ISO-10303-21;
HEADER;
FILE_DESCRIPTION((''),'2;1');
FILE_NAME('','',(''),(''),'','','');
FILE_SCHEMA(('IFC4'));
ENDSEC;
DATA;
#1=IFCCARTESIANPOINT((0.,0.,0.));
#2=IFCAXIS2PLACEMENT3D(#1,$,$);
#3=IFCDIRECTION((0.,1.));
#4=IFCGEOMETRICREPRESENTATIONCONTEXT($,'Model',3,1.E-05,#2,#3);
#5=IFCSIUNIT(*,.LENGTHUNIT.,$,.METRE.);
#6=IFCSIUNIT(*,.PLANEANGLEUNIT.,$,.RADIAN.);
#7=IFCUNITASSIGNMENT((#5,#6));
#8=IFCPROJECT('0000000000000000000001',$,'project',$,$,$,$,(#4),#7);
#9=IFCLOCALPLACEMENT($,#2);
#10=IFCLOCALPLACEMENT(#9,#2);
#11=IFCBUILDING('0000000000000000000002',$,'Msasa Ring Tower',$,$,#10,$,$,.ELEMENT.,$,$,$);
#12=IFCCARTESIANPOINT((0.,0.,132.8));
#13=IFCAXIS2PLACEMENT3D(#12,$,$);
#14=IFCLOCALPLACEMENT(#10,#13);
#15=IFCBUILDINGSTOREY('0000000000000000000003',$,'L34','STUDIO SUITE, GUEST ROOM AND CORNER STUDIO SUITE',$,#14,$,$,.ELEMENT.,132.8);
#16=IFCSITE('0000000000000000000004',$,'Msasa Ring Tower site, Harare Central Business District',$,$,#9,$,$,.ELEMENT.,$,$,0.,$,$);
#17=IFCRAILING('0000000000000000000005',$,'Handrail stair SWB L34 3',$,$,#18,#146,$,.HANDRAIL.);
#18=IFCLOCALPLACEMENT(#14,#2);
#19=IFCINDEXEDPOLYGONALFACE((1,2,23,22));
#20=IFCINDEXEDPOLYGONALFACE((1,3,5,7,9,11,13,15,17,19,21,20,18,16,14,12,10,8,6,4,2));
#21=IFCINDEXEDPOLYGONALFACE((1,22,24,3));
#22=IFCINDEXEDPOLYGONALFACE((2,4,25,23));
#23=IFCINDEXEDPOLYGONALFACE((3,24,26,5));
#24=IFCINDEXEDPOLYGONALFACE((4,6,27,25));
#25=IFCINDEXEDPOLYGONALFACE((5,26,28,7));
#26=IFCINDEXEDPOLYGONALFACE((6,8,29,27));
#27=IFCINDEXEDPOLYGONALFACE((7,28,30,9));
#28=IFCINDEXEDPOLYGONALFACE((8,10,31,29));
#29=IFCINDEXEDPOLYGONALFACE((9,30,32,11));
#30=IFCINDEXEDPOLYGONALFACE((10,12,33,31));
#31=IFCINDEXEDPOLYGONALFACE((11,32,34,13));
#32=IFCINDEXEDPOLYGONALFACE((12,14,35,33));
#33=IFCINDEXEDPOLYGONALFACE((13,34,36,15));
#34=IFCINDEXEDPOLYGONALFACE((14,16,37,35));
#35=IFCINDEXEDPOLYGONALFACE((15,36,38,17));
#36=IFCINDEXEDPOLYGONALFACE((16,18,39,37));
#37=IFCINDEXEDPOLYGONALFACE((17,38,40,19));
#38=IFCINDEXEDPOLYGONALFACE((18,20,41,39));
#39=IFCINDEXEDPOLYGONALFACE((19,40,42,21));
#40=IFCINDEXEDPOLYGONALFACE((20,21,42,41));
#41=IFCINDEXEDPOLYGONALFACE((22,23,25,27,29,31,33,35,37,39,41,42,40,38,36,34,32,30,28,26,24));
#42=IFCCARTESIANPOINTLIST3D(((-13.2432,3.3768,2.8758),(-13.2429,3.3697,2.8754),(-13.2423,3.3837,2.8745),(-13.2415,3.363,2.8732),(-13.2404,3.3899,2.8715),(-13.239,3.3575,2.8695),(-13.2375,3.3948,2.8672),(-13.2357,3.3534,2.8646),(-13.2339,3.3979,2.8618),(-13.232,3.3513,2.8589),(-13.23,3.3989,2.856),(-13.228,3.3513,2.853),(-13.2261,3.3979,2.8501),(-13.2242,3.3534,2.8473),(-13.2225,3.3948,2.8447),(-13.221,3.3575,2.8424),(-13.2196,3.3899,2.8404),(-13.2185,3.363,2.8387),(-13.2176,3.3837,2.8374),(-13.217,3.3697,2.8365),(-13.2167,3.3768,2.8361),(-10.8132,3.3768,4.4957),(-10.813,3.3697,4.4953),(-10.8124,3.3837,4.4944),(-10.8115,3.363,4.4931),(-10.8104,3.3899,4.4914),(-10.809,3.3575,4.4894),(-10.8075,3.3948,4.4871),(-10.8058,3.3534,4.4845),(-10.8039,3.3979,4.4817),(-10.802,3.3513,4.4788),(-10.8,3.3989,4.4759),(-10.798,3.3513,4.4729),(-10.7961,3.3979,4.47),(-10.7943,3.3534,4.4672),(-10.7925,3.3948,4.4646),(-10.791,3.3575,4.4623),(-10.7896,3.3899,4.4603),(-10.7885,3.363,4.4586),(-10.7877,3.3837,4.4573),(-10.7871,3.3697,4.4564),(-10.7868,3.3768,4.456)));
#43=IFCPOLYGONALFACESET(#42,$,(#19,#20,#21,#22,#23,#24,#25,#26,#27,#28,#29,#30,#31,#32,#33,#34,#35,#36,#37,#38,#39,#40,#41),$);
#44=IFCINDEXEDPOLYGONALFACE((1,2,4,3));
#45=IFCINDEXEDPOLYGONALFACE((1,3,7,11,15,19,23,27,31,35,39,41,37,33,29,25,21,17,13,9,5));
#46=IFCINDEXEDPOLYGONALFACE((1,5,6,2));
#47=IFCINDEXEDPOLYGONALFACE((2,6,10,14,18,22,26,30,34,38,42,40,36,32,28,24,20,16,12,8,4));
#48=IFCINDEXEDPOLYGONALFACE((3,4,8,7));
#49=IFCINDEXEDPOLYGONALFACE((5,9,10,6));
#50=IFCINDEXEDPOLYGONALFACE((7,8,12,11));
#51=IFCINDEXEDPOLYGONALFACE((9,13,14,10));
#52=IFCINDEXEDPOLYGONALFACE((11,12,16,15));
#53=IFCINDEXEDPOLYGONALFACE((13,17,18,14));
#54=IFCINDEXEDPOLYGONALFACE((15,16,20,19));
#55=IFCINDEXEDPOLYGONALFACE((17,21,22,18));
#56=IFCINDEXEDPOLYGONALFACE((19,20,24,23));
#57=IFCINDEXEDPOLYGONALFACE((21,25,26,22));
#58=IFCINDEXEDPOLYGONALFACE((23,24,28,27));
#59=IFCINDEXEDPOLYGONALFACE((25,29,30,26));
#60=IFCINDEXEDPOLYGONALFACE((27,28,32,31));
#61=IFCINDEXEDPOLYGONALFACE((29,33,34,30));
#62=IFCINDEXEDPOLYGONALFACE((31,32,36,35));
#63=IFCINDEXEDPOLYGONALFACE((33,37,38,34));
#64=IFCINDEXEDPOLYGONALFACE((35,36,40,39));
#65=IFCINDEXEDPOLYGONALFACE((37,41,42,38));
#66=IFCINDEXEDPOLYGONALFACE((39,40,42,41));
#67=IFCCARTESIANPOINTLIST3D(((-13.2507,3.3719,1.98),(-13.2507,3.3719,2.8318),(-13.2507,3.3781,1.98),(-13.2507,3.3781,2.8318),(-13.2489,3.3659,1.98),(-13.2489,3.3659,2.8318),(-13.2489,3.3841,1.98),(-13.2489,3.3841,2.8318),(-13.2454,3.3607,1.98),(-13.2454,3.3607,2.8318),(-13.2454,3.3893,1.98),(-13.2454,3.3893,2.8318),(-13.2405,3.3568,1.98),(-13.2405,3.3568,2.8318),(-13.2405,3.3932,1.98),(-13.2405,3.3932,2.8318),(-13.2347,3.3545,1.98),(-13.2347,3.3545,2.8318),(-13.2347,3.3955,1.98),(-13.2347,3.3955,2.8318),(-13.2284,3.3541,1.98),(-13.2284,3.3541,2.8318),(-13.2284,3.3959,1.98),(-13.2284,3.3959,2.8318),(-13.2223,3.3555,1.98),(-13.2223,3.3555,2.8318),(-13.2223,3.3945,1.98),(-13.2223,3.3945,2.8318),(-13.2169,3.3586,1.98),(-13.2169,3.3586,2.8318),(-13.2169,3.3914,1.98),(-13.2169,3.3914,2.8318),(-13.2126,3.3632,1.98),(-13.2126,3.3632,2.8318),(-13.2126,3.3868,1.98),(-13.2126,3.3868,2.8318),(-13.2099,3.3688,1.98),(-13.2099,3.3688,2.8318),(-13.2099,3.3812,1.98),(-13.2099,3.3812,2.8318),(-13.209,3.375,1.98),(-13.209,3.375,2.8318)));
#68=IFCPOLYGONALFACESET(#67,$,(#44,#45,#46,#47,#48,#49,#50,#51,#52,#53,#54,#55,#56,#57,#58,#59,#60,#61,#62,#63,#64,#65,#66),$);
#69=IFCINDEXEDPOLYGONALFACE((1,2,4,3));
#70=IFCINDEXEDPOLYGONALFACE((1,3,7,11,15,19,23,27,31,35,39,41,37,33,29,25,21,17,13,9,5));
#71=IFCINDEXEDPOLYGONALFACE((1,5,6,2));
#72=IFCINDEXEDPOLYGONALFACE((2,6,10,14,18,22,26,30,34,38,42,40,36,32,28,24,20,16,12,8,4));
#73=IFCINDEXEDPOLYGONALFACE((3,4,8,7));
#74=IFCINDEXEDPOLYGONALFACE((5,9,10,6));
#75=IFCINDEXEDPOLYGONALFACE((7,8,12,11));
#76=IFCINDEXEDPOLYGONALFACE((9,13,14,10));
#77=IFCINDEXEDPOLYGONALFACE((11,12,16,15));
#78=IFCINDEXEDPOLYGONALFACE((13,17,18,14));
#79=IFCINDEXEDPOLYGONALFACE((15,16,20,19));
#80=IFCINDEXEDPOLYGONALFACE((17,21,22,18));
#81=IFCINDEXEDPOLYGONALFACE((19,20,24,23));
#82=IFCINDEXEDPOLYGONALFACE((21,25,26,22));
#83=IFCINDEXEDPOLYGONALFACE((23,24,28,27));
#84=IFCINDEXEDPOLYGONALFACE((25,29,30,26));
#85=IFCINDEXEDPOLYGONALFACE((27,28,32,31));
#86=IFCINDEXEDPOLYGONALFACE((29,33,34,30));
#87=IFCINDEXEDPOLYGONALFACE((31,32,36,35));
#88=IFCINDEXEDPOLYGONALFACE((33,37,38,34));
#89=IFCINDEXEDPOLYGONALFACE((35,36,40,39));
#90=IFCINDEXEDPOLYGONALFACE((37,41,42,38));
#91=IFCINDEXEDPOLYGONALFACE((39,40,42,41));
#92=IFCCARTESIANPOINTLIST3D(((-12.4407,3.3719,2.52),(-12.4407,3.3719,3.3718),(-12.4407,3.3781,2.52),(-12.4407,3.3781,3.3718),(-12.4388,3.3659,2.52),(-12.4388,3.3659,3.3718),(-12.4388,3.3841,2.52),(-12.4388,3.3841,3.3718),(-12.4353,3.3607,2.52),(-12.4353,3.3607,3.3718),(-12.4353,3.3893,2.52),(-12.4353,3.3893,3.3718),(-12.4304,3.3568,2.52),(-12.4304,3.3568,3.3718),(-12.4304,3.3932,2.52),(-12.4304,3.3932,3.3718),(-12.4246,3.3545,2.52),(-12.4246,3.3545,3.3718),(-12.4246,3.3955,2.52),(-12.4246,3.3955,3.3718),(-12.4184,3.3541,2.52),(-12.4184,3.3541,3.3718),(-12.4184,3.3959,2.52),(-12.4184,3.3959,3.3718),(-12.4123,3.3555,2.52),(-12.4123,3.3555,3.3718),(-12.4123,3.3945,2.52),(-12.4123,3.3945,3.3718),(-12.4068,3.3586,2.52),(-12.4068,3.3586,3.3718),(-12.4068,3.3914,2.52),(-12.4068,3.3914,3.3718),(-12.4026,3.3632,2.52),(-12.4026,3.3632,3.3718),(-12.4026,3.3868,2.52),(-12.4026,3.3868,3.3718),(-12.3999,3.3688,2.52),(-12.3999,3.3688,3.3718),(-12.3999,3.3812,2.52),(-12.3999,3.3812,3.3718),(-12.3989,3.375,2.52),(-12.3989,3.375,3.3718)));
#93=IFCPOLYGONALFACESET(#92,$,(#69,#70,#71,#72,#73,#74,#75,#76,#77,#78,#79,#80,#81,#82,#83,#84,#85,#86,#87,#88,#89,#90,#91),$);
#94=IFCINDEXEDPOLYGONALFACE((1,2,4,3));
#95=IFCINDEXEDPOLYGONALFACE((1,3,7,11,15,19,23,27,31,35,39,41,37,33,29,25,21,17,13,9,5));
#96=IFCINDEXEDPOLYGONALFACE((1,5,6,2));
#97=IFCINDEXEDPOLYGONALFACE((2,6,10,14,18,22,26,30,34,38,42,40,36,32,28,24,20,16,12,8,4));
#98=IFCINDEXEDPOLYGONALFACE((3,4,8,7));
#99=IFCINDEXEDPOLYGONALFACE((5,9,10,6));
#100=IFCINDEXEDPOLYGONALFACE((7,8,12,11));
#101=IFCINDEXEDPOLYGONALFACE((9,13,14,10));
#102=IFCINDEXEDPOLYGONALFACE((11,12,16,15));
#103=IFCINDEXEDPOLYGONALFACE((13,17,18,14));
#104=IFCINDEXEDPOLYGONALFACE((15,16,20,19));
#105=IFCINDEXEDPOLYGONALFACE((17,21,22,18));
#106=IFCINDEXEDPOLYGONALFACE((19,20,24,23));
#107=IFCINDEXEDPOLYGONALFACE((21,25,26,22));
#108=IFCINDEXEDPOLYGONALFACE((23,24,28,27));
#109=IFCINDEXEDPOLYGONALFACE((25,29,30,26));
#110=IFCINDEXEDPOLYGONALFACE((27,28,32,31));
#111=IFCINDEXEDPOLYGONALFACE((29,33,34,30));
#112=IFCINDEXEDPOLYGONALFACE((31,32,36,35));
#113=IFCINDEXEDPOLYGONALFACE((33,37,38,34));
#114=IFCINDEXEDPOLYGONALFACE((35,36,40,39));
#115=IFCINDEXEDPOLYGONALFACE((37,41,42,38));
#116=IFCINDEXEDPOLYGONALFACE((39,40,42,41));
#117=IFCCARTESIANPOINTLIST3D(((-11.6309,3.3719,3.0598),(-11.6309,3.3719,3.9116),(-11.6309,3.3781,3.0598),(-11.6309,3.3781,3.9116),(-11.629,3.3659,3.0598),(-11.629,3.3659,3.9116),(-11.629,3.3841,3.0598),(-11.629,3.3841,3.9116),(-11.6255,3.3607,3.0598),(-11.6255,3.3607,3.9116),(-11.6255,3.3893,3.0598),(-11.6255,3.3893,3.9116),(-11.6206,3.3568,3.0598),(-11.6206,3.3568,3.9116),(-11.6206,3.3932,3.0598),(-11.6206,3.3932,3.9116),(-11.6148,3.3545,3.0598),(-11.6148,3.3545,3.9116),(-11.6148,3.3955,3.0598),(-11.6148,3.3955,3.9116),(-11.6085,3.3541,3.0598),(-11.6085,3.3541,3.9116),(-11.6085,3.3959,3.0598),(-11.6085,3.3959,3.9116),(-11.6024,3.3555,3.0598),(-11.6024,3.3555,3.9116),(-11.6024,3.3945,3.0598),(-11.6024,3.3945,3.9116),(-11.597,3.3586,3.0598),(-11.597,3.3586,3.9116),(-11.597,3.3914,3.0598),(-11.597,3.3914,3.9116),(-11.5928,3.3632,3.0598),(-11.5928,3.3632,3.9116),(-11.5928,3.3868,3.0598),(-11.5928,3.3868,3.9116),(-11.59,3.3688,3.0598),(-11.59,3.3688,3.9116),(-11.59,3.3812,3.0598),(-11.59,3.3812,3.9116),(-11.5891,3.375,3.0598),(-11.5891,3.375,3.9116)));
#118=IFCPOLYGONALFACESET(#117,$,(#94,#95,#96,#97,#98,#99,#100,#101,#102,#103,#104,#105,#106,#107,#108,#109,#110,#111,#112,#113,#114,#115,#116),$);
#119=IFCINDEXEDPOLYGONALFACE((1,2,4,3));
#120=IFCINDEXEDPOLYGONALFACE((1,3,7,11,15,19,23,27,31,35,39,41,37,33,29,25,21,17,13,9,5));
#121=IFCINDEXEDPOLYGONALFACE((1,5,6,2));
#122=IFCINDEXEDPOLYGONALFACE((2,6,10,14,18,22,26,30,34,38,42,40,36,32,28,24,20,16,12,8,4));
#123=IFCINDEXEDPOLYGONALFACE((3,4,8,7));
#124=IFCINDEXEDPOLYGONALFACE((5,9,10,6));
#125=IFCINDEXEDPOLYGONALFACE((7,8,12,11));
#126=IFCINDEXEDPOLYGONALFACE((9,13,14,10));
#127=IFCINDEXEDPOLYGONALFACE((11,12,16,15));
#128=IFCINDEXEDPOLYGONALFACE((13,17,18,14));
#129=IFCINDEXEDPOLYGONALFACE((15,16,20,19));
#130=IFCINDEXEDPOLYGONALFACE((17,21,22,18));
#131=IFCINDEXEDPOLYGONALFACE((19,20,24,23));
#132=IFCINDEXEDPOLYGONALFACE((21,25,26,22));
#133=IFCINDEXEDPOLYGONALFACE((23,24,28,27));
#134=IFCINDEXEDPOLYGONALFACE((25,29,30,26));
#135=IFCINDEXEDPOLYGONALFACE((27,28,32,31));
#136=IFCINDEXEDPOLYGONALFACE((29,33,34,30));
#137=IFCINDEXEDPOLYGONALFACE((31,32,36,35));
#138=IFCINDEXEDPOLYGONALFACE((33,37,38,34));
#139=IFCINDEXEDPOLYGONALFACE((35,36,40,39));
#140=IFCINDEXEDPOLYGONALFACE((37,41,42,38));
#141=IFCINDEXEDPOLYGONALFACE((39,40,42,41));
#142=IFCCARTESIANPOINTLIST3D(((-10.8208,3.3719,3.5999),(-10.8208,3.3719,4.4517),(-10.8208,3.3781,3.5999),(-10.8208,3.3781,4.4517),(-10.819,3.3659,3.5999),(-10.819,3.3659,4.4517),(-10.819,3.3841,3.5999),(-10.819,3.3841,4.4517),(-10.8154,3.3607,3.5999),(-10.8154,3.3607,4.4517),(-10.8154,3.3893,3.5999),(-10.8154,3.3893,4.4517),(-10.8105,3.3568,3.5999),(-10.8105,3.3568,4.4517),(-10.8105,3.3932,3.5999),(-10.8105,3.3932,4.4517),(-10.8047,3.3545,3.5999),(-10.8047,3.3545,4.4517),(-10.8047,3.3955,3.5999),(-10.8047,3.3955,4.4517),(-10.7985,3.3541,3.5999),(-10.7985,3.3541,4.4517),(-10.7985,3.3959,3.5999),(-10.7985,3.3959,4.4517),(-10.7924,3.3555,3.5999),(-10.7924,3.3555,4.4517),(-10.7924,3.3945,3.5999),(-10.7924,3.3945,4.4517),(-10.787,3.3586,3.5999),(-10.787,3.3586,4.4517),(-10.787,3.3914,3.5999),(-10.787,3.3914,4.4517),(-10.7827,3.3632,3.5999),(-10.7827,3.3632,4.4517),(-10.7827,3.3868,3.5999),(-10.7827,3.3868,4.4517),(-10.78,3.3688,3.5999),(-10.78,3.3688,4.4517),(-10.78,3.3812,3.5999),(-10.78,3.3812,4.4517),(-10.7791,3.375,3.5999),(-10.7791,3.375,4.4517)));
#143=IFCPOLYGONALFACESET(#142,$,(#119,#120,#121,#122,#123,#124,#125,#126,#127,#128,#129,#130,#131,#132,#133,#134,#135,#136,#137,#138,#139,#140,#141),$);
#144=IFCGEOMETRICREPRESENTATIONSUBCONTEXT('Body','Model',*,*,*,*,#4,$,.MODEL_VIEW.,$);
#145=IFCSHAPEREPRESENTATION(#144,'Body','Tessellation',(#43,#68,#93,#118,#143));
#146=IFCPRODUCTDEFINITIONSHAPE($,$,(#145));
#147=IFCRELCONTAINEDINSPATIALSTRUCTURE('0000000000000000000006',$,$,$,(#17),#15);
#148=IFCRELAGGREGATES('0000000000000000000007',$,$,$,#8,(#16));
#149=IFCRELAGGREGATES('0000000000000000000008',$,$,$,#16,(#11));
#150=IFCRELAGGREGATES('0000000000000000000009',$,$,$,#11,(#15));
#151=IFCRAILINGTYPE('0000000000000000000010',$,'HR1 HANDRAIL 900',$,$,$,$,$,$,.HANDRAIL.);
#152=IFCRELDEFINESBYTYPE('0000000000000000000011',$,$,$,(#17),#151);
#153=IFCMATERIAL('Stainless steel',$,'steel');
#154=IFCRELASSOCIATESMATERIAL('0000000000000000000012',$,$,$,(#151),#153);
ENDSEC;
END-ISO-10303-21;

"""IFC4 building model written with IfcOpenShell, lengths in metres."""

from ifc_helpers import new_model, si_unit, direction, frame, origin, origin_2d, place, context, subcontext, project, spatial, circle, extrude, material, type_object, element, save


model = new_model("IFC4")

# Units and contexts
model_context = context("Model", 3, precision=1e-05, world=origin(), true_north=direction((0.0, 1.0)))
body_context = subcontext(model_context, "Body", "Model", "MODEL_VIEW")
ifc_project = project(units=[si_unit("LENGTHUNIT", "METRE"), si_unit("PLANEANGLEUNIT", "RADIAN")], contexts=[model_context])

# Site, building, storey
site_placement = place(None, origin())
site = spatial("IfcSite", under=ifc_project, at=site_placement, Name="Msasa Ring Tower site, Harare Central Business District", CompositionType="ELEMENT", RefElevation=0.0)
building_placement = place(site_placement, origin())
building = spatial("IfcBuilding", under=site, at=building_placement, Name="Msasa Ring Tower", CompositionType="ELEMENT")
storey_placement = place(building_placement, frame((0.0, 0.0, 132.8)))
storey = spatial("IfcBuildingStorey", under=building, at=storey_placement, Name="L34", Description="STUDIO SUITE, GUEST ROOM AND CORNER STUDIO SUITE", CompositionType="ELEMENT", Elevation=132.8)

# Railing
ifc_material_1 = material(Name="Stainless steel", Category="steel")
railing_type = type_object("IfcRailingType", Name="HR1 HANDRAIL 900", PredefinedType="HANDRAIL", material=ifc_material_1)
for number, where, name in (
    (1, (-13.23, 3.375, 1.98), "Handrail stair SWB L34 3"),
):
    element("IfcRailing", number, at=place(storey_placement, frame(where)), inside=storey, type_object=railing_type, Name=name, PredefinedType="HANDRAIL", context=body_context, shape_type="SweptSolid", body=[
        extrude(circle(Radius=0.0239, at=origin_2d()), frame((0.0, 0.0, 0.876), z_axis=(0.832063, 0.0, 0.554681), x_axis=(0.0, 1.0, 0.0)), (0.0, 0.0, 1.0), 2.9204),
        extrude(circle(Radius=0.021, at=origin_2d()), origin(), (0.0, 0.0, 1.0), 0.8518),
        extrude(circle(Radius=0.021, at=origin_2d()), frame((0.8101, 0.0, 0.54)), (0.0, 0.0, 1.0), 0.8518),
        extrude(circle(Radius=0.021, at=origin_2d()), frame((1.6199, 0.0, 1.0798)), (0.0, 0.0, 1.0), 0.8518),
        extrude(circle(Radius=0.021, at=origin_2d()), frame((2.4299, 0.0, 1.6199)), (0.0, 0.0, 1.0), 0.8518),
    ])

save(model, "model.ifc")
